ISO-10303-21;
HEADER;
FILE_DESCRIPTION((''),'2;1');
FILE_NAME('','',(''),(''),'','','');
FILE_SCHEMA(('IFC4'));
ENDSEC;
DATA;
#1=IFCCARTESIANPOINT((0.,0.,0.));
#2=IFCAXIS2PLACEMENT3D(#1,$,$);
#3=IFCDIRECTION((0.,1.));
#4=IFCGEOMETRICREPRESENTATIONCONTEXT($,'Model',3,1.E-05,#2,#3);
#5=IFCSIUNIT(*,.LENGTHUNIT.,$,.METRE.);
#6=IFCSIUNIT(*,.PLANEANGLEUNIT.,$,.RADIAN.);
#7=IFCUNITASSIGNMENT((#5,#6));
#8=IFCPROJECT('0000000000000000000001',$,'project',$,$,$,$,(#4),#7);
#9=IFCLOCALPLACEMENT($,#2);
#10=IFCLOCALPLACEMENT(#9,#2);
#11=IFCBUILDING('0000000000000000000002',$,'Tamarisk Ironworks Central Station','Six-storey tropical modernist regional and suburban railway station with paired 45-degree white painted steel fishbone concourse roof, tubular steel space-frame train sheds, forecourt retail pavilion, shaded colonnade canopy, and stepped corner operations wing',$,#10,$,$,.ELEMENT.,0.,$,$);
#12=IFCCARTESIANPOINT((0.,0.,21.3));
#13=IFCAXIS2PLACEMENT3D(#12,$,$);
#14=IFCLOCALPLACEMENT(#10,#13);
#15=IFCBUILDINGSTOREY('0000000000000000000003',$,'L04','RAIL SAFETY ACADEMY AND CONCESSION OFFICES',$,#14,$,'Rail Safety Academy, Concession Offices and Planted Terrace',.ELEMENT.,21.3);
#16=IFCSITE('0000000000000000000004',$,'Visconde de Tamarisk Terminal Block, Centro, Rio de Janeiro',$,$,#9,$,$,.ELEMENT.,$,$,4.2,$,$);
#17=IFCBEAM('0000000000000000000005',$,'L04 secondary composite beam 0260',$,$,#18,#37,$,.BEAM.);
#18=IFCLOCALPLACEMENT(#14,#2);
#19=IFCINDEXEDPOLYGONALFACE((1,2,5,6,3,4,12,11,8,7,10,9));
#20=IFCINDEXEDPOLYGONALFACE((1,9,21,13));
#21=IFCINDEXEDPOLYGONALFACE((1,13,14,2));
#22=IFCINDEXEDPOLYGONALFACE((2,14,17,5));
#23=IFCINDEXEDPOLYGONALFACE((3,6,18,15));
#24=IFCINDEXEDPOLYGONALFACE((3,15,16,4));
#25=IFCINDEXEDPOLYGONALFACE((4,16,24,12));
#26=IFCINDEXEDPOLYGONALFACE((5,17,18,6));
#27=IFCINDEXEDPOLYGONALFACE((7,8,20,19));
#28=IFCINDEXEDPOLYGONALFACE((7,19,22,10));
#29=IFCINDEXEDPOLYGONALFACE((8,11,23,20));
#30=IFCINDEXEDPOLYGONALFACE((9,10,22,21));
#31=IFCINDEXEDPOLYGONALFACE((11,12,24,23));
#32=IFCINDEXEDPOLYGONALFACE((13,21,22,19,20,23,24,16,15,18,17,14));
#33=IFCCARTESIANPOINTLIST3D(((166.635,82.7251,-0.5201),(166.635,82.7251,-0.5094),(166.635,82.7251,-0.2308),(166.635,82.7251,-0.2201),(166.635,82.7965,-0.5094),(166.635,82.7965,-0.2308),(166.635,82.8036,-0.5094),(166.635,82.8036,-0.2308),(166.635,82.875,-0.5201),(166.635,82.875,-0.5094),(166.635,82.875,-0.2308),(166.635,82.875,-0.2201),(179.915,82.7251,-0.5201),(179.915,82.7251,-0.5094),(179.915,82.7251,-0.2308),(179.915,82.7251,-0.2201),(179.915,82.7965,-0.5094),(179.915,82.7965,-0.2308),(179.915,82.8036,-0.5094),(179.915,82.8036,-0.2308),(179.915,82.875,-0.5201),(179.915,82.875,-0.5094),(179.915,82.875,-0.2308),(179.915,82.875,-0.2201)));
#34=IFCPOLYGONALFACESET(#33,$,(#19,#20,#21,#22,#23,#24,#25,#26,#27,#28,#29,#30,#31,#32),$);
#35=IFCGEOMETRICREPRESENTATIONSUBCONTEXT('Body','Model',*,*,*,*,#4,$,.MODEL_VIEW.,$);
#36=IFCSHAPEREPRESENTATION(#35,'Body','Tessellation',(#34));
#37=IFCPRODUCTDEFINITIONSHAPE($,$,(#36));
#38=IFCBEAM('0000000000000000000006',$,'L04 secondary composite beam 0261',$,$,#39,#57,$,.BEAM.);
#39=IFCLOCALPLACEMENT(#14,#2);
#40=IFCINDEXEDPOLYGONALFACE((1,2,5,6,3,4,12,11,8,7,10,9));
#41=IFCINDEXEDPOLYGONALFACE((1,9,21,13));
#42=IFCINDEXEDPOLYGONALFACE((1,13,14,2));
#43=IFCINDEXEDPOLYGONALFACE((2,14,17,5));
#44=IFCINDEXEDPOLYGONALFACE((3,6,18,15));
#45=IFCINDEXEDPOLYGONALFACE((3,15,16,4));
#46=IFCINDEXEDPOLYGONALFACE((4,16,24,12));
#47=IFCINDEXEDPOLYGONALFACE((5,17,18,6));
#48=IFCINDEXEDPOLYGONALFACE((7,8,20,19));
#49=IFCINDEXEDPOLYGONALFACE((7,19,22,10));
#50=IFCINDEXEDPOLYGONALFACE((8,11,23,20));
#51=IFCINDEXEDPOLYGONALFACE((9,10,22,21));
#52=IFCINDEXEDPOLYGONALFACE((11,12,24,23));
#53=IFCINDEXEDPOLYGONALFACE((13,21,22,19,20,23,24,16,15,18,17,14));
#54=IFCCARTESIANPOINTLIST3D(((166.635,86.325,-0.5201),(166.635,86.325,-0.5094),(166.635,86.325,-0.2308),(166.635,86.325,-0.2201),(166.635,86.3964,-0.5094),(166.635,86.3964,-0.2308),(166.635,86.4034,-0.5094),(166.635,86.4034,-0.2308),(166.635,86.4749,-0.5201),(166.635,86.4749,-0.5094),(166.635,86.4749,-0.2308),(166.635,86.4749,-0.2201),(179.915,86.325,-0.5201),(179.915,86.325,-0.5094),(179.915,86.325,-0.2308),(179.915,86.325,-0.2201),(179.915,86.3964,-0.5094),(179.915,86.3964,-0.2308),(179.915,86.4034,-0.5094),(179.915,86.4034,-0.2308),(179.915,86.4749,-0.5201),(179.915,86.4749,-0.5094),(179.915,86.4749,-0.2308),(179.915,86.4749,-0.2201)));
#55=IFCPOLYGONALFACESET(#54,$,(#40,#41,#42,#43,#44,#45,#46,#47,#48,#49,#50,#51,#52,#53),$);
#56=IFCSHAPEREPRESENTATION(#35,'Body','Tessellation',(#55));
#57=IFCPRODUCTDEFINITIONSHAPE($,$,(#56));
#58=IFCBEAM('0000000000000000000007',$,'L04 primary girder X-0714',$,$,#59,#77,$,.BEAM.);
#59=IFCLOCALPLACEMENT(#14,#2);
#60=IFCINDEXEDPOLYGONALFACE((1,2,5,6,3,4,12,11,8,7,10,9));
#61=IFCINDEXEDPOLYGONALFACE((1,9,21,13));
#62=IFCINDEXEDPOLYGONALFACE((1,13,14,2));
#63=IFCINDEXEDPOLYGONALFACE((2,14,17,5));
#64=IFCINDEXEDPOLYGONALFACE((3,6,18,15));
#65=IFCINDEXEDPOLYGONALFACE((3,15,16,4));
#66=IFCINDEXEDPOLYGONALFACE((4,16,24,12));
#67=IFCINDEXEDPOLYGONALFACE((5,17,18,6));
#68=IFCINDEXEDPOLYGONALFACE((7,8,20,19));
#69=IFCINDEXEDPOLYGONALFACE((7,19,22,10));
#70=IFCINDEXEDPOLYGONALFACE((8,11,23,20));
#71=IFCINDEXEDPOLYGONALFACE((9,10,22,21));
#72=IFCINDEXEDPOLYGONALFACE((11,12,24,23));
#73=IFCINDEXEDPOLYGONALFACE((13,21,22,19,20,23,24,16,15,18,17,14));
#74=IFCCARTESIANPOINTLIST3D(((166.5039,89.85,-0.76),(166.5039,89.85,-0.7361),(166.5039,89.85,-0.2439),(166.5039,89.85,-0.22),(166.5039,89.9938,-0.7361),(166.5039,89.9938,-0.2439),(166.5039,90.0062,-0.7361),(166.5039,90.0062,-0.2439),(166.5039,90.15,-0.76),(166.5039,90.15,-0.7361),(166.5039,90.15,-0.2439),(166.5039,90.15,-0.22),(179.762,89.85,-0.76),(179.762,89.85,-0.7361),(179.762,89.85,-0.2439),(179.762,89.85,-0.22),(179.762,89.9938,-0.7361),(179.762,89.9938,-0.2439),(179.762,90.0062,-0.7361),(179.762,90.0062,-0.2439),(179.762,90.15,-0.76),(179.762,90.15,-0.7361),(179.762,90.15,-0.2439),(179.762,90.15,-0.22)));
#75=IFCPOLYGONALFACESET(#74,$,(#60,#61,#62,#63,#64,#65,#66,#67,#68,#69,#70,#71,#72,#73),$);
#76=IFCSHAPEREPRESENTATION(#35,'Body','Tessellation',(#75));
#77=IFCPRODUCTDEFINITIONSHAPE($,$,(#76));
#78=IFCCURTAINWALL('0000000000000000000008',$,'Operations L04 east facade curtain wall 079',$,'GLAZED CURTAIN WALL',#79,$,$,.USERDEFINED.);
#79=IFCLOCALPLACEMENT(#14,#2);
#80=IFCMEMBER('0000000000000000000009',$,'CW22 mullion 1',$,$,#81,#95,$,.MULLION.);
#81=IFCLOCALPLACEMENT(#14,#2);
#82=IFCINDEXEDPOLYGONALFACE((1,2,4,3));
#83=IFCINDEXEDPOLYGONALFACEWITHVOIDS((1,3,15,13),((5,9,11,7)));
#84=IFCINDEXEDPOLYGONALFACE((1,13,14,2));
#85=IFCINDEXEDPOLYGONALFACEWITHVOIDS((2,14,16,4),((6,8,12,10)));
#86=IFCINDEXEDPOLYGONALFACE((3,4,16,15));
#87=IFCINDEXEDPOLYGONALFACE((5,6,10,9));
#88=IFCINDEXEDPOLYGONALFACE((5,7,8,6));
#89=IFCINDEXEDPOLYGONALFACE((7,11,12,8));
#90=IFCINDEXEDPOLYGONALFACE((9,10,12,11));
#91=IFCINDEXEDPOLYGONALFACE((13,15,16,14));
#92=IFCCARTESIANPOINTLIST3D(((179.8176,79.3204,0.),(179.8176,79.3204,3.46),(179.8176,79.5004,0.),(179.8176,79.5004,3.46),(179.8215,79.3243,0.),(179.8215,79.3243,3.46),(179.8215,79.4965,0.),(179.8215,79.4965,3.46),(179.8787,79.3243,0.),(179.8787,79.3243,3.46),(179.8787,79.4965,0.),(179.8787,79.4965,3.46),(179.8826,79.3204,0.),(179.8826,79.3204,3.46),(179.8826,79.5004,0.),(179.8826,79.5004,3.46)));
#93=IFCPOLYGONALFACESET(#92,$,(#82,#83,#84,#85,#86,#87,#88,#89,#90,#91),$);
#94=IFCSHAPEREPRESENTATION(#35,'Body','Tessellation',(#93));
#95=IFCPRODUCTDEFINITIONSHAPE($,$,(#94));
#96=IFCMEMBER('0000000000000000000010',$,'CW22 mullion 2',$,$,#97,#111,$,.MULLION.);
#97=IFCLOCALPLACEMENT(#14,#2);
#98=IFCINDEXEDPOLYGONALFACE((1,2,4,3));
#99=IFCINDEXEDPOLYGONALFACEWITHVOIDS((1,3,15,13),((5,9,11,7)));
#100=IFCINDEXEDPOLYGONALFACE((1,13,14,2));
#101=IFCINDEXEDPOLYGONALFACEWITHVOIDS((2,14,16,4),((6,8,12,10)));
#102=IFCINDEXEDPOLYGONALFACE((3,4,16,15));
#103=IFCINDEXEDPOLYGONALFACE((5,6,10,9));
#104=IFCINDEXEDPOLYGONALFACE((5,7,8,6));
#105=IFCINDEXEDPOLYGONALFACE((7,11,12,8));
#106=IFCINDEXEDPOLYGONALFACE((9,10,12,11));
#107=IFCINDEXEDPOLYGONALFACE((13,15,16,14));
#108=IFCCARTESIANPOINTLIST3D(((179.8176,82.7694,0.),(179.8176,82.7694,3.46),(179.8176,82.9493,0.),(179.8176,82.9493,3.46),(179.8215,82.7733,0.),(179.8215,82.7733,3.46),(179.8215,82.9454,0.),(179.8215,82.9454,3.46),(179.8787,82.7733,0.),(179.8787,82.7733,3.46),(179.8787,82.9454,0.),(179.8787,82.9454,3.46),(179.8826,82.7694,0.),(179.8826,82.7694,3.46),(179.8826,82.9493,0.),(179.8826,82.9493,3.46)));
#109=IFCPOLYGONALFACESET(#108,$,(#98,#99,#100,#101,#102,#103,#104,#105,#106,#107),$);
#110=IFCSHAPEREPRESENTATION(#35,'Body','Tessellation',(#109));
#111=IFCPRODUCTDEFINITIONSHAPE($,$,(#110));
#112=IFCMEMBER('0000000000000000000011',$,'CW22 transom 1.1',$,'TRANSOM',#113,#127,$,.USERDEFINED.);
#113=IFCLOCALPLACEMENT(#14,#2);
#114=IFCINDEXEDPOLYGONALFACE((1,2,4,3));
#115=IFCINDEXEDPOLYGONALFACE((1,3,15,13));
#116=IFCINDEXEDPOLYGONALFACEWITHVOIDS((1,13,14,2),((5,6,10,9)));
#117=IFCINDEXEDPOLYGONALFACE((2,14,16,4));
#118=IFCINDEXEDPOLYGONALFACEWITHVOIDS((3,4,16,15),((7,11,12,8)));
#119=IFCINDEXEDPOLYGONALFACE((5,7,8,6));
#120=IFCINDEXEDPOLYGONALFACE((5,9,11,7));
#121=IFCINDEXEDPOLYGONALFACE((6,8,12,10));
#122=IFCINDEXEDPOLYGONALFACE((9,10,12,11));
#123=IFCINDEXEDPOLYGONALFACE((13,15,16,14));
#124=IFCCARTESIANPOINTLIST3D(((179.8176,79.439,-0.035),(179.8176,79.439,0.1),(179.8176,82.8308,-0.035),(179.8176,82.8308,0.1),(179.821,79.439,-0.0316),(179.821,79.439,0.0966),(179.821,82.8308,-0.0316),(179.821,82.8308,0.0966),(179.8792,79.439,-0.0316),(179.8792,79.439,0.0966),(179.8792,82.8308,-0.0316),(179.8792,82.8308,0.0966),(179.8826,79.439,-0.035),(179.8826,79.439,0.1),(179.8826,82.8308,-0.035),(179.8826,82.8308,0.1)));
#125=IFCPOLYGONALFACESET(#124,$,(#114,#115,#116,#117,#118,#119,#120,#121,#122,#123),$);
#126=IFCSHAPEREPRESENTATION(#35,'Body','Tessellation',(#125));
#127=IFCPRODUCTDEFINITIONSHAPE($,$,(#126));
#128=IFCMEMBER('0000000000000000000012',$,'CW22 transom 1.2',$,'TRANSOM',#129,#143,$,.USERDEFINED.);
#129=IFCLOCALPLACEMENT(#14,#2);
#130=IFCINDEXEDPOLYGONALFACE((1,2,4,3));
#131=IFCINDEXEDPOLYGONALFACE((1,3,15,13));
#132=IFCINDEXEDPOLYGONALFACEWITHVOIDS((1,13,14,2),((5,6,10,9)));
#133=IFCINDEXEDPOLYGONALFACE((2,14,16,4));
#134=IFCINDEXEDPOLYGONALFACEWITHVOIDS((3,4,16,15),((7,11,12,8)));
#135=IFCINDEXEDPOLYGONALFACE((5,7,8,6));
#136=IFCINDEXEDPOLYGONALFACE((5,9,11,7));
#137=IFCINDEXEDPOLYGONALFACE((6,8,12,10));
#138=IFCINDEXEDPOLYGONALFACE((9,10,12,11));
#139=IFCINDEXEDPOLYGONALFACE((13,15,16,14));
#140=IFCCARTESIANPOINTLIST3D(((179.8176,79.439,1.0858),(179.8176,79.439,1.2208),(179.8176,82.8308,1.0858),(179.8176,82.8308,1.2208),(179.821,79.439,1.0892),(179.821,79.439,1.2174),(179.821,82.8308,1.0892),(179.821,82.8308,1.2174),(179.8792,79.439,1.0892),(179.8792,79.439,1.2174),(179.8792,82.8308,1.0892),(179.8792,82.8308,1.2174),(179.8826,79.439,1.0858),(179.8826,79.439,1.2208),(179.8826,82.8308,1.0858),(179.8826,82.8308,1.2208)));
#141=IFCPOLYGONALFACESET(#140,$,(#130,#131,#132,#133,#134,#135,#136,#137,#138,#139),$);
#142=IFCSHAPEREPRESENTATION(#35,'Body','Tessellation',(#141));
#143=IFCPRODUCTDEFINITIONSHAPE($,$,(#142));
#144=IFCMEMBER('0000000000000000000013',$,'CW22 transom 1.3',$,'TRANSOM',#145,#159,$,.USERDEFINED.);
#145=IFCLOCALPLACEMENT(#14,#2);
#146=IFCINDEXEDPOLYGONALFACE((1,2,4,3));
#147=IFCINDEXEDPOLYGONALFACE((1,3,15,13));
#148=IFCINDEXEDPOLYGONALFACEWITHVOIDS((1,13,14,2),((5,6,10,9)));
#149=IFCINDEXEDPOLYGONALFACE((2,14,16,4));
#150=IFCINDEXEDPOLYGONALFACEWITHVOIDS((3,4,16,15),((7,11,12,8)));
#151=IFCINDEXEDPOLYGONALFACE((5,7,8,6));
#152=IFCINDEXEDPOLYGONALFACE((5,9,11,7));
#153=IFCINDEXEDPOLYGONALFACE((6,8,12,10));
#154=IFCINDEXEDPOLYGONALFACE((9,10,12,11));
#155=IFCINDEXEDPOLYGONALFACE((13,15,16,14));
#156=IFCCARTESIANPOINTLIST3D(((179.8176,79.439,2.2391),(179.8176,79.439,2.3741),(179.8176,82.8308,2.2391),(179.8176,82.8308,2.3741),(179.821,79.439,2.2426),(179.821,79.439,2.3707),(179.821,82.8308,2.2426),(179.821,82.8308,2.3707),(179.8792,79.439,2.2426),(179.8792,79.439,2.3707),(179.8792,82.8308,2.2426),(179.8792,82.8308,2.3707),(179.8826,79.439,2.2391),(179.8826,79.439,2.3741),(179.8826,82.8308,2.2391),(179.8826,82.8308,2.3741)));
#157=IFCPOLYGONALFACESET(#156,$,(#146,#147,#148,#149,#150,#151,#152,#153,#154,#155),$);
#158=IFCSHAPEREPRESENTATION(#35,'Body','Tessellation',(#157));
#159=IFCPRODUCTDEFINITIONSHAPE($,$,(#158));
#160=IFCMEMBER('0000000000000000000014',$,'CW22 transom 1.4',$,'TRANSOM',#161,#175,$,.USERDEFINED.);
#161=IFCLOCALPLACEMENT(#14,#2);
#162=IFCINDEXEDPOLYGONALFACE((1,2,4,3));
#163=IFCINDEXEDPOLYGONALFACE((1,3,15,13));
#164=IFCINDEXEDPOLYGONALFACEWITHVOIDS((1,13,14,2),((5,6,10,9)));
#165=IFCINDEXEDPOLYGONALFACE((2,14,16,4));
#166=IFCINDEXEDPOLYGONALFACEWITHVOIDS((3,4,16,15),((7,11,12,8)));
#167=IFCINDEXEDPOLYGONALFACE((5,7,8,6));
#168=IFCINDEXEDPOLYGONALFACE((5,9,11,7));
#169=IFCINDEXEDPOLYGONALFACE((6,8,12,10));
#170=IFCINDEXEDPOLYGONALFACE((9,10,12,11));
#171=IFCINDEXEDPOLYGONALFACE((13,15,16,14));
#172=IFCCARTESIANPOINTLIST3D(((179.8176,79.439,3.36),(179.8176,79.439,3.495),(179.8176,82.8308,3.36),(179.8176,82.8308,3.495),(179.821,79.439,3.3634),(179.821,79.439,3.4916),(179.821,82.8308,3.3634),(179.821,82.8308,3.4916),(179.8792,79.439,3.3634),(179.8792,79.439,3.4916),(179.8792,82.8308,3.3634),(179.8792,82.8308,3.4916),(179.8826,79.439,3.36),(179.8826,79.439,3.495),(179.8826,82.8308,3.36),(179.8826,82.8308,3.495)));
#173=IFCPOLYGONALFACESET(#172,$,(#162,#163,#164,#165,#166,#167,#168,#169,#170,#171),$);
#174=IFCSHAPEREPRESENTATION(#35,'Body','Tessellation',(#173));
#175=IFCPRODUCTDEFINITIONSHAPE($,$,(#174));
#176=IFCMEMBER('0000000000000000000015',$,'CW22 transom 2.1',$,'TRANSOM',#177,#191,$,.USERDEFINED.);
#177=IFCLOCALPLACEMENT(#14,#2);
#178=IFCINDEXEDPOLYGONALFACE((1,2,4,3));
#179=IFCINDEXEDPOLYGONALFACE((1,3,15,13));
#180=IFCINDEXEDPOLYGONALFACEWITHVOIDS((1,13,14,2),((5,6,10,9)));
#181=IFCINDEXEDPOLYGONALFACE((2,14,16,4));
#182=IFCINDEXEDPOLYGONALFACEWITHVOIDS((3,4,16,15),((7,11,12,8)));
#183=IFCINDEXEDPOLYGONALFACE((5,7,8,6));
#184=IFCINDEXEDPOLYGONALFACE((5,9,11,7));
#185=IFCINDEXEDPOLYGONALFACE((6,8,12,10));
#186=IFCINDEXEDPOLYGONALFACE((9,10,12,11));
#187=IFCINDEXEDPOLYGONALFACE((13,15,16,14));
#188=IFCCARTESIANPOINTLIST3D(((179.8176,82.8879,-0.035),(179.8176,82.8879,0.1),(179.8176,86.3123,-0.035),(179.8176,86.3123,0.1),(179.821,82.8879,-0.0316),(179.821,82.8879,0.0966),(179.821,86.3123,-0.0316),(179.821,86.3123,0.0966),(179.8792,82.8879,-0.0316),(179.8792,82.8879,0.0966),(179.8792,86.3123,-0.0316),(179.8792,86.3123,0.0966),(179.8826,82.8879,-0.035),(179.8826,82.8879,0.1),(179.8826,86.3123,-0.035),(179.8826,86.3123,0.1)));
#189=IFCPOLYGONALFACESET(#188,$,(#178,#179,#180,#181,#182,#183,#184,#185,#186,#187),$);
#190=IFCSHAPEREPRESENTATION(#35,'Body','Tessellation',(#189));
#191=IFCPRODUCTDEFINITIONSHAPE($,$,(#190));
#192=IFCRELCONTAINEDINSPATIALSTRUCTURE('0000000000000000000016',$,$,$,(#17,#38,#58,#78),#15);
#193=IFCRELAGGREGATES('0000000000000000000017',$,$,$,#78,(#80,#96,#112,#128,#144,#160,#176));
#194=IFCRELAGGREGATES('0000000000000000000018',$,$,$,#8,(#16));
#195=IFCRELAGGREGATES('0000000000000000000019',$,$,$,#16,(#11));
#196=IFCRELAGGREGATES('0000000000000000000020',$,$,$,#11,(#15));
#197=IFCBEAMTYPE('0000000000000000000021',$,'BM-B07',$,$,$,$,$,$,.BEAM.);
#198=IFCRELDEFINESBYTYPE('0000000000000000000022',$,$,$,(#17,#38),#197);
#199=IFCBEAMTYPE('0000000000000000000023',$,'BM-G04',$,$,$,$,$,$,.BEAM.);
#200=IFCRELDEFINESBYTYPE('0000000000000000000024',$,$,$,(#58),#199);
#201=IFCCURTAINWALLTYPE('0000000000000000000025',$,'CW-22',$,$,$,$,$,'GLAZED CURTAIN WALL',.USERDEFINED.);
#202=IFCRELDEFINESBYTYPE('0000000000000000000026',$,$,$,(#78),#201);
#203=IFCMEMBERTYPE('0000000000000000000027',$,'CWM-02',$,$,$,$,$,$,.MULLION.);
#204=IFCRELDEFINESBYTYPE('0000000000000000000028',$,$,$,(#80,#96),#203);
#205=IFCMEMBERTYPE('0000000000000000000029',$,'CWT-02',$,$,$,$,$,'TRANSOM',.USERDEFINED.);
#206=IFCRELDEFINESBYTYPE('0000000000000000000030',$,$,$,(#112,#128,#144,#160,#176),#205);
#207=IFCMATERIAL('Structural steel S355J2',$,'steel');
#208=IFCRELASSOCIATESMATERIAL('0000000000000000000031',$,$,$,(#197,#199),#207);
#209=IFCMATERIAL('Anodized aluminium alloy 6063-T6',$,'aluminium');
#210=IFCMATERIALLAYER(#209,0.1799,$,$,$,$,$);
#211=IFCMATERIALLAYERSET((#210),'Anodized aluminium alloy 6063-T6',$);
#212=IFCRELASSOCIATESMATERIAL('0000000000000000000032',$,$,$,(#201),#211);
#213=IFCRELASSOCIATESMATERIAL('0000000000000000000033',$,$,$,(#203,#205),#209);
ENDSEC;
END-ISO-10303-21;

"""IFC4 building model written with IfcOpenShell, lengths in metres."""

from ifc_helpers import new_model, si_unit, direction, frame, origin, origin_2d, place, context, subcontext, project, spatial, hollow_rectangle, i_section, extrude, material, layer, layer_set, material_profile, profile_set, type_object, element, aggregate, save


model = new_model("IFC4")

# Units and contexts
model_context = context("Model", 3, precision=1e-05, world=origin(), true_north=direction((0.0, 1.0)))
body_context = subcontext(model_context, "Body", "Model", "MODEL_VIEW")
ifc_project = project(units=[si_unit("LENGTHUNIT", "METRE"), si_unit("PLANEANGLEUNIT", "RADIAN")], contexts=[model_context])

# Site, building, storey
site_placement = place(None, origin())
site = spatial("IfcSite", under=ifc_project, at=site_placement, Name="Visconde de Tamarisk Terminal Block, Centro, Rio de Janeiro", CompositionType="ELEMENT", RefElevation=4.2)
building_placement = place(site_placement, origin())
building = spatial("IfcBuilding", under=site, at=building_placement, Name="Tamarisk Ironworks Central Station", Description="Six-storey tropical modernist regional and suburban railway station with paired 45-degree white painted steel fishbone concourse roof, tubular steel space-frame train sheds, forecourt retail pavilion, shaded colonnade canopy, and stepped corner operations wing", CompositionType="ELEMENT", ElevationOfRefHeight=0.0)
storey_placement = place(building_placement, frame((0.0, 0.0, 21.3)))
storey = spatial("IfcBuildingStorey", under=building, at=storey_placement, Name="L04", Description="RAIL SAFETY ACADEMY AND CONCESSION OFFICES", LongName="Rail Safety Academy, Concession Offices and Planted Terrace", CompositionType="ELEMENT", Elevation=21.3)

# Beams
ifc_material_1 = material(Name="Structural steel S355J2", Category="steel")
ifc_material_profile_1 = material_profile(ifc_material_1, i_section(OverallWidth=0.1499, OverallDepth=0.3, WebThickness=0.0071, FlangeThickness=0.0107, at=origin_2d()), Name="IPE 300")
ifc_profile_set_1 = profile_set([ifc_material_profile_1], Name="Structural steel S355J2")
beam_type_1 = type_object("IfcBeamType", Name="BM-B07", PredefinedType="BEAM", material=ifc_profile_set_1)
for number, where, z_axis, x_axis, name in (
    (1, (166.635, 82.8, -0.3701), (1.0, 0.0, 0.0), (0.0, 1.0, 0.0), "L04 secondary composite beam 0260"),
    (2, (166.635, 86.3999, -0.3701), (1.0, 0.0, 0.0), (0.0, 1.0, 0.0), "L04 secondary composite beam 0261"),
):
    element("IfcBeam", number, at=place(storey_placement, frame(where, z_axis=z_axis, x_axis=x_axis)), inside=storey, type_object=beam_type_1, Name=name, PredefinedType="BEAM", context=body_context, shape_type="SweptSolid", body=[
        extrude(i_section(OverallWidth=0.1499, OverallDepth=0.3, WebThickness=0.0071, FlangeThickness=0.0107, at=origin_2d()), origin(), (0.0, 0.0, 1.0), 13.28),
    ])
ifc_material_profile_2 = material_profile(ifc_material_1, i_section(OverallWidth=0.3, OverallDepth=0.54, WebThickness=0.0125, FlangeThickness=0.0239, at=origin_2d()), Name="HEA 550")
ifc_profile_set_2 = profile_set([ifc_material_profile_2], Name="Structural steel S355J2")
beam_type_2 = type_object("IfcBeamType", Name="BM-G04", PredefinedType="BEAM", material=ifc_profile_set_2)
beam_placement = place(storey_placement, frame((166.5039, 90.0, -0.49), z_axis=(1.0, 0.0, 0.0), x_axis=(0.0, 1.0, 0.0)))
element("IfcBeam", 3, at=beam_placement, inside=storey, type_object=beam_type_2, Name="L04 primary girder X-0714", PredefinedType="BEAM", context=body_context, shape_type="SweptSolid", body=[
    extrude(i_section(OverallWidth=0.3, OverallDepth=0.54, WebThickness=0.0125, FlangeThickness=0.0239, at=origin_2d()), origin(), (0.0, 0.0, 1.0), 13.2581),
])

# Curtain wall, members
ifc_material_2 = material(Name="Anodized aluminium alloy 6063-T6", Category="aluminium")
ifc_layer_1 = layer(ifc_material_2, 0.1799)
ifc_layer_set_1 = layer_set([ifc_layer_1], Name="Anodized aluminium alloy 6063-T6")
curtain_wall_type = type_object("IfcCurtainWallType", Name="CW-22", ElementType="GLAZED CURTAIN WALL", PredefinedType="USERDEFINED", material=ifc_layer_set_1)
curtain_wall_placement = place(storey_placement, origin())
curtain_wall = element("IfcCurtainWall", 4, at=curtain_wall_placement, inside=storey, type_object=curtain_wall_type, Name="Operations L04 east facade curtain wall 079", ObjectType="GLAZED CURTAIN WALL", PredefinedType="USERDEFINED")
ifc_material_profile_3 = material_profile(ifc_material_2, hollow_rectangle(XDim=0.0649, YDim=0.1799, WallThickness=0.0039, at=origin_2d()), Name="ALUM 180x65")
ifc_profile_set_3 = profile_set([ifc_material_profile_3], Name="Anodized aluminium alloy 6063-T6")
member_type_1 = type_object("IfcMemberType", Name="CWM-02", PredefinedType="MULLION", material=ifc_profile_set_3)
member_1_placement = place(storey_placement, frame((179.8501, 79.4104, 0.0), z_axis=(0.0, 0.0, 1.0), x_axis=(-1.0, 0.0, 0.0)))
member_1 = element("IfcMember", 5, at=member_1_placement, type_object=member_type_1, Name="CW22 mullion 1", PredefinedType="MULLION", context=body_context, shape_type="SweptSolid", body=[
    extrude(hollow_rectangle(XDim=0.0649, YDim=0.1799, WallThickness=0.0039, at=origin_2d()), origin(), (0.0, 0.0, 1.0), 3.46),
])
member_2_placement = place(storey_placement, frame((179.8501, 82.8594, 0.0), z_axis=(0.0, 0.0, 1.0), x_axis=(-1.0, 0.0, 0.0)))
member_2 = element("IfcMember", 6, at=member_2_placement, type_object=member_type_1, Name="CW22 mullion 2", PredefinedType="MULLION", context=body_context, shape_type="SweptSolid", body=[
    extrude(hollow_rectangle(XDim=0.0649, YDim=0.1799, WallThickness=0.0039, at=origin_2d()), origin(), (0.0, 0.0, 1.0), 3.46),
])
ifc_material_profile_4 = material_profile(ifc_material_2, hollow_rectangle(XDim=0.0649, YDim=0.135, WallThickness=0.0034, at=origin_2d()), Name="ALUM 135x65")
ifc_profile_set_4 = profile_set([ifc_material_profile_4], Name="Anodized aluminium alloy 6063-T6")
member_type_2 = type_object("IfcMemberType", Name="CWT-02", ElementType="TRANSOM", PredefinedType="USERDEFINED", material=ifc_profile_set_4)
member_3_placement = place(storey_placement, frame((179.8501, 79.439, 0.0325), z_axis=(0.0, 1.0, 0.0), x_axis=(-1.0, 0.0, 0.0)))
member_3 = element("IfcMember", 7, at=member_3_placement, type_object=member_type_2, Name="CW22 transom 1.1", ObjectType="TRANSOM", PredefinedType="USERDEFINED", context=body_context, shape_type="SweptSolid", body=[
    extrude(hollow_rectangle(XDim=0.0649, YDim=0.135, WallThickness=0.0034, at=origin_2d()), origin(), (0.0, 0.0, 1.0), 3.3918),
])
member_4_placement = place(storey_placement, frame((179.8501, 79.439, 1.1533), z_axis=(0.0, 1.0, 0.0), x_axis=(-1.0, 0.0, 0.0)))
member_4 = element("IfcMember", 8, at=member_4_placement, type_object=member_type_2, Name="CW22 transom 1.2", ObjectType="TRANSOM", PredefinedType="USERDEFINED", context=body_context, shape_type="SweptSolid", body=[
    extrude(hollow_rectangle(XDim=0.0649, YDim=0.135, WallThickness=0.0034, at=origin_2d()), origin(), (0.0, 0.0, 1.0), 3.3918),
])
member_5_placement = place(storey_placement, frame((179.8501, 79.439, 2.3066), z_axis=(0.0, 1.0, 0.0), x_axis=(-1.0, 0.0, 0.0)))
member_5 = element("IfcMember", 9, at=member_5_placement, type_object=member_type_2, Name="CW22 transom 1.3", ObjectType="TRANSOM", PredefinedType="USERDEFINED", context=body_context, shape_type="SweptSolid", body=[
    extrude(hollow_rectangle(XDim=0.0649, YDim=0.135, WallThickness=0.0034, at=origin_2d()), origin(), (0.0, 0.0, 1.0), 3.3918),
])
member_6_placement = place(storey_placement, frame((179.8501, 79.439, 3.4275), z_axis=(0.0, 1.0, 0.0), x_axis=(-1.0, 0.0, 0.0)))
member_6 = element("IfcMember", 10, at=member_6_placement, type_object=member_type_2, Name="CW22 transom 1.4", ObjectType="TRANSOM", PredefinedType="USERDEFINED", context=body_context, shape_type="SweptSolid", body=[
    extrude(hollow_rectangle(XDim=0.0649, YDim=0.135, WallThickness=0.0034, at=origin_2d()), origin(), (0.0, 0.0, 1.0), 3.3918),
])
member_7_placement = place(storey_placement, frame((179.8501, 82.8879, 0.0325), z_axis=(0.0, 1.0, 0.0), x_axis=(-1.0, 0.0, 0.0)))
member_7 = element("IfcMember", 11, at=member_7_placement, type_object=member_type_2, Name="CW22 transom 2.1", ObjectType="TRANSOM", PredefinedType="USERDEFINED", context=body_context, shape_type="SweptSolid", body=[
    extrude(hollow_rectangle(XDim=0.0649, YDim=0.135, WallThickness=0.0034, at=origin_2d()), origin(), (0.0, 0.0, 1.0), 3.4243),
])
aggregate(curtain_wall, [member_1, member_2, member_3, member_4, member_5, member_6, member_7])

save(model, "model.ifc")
